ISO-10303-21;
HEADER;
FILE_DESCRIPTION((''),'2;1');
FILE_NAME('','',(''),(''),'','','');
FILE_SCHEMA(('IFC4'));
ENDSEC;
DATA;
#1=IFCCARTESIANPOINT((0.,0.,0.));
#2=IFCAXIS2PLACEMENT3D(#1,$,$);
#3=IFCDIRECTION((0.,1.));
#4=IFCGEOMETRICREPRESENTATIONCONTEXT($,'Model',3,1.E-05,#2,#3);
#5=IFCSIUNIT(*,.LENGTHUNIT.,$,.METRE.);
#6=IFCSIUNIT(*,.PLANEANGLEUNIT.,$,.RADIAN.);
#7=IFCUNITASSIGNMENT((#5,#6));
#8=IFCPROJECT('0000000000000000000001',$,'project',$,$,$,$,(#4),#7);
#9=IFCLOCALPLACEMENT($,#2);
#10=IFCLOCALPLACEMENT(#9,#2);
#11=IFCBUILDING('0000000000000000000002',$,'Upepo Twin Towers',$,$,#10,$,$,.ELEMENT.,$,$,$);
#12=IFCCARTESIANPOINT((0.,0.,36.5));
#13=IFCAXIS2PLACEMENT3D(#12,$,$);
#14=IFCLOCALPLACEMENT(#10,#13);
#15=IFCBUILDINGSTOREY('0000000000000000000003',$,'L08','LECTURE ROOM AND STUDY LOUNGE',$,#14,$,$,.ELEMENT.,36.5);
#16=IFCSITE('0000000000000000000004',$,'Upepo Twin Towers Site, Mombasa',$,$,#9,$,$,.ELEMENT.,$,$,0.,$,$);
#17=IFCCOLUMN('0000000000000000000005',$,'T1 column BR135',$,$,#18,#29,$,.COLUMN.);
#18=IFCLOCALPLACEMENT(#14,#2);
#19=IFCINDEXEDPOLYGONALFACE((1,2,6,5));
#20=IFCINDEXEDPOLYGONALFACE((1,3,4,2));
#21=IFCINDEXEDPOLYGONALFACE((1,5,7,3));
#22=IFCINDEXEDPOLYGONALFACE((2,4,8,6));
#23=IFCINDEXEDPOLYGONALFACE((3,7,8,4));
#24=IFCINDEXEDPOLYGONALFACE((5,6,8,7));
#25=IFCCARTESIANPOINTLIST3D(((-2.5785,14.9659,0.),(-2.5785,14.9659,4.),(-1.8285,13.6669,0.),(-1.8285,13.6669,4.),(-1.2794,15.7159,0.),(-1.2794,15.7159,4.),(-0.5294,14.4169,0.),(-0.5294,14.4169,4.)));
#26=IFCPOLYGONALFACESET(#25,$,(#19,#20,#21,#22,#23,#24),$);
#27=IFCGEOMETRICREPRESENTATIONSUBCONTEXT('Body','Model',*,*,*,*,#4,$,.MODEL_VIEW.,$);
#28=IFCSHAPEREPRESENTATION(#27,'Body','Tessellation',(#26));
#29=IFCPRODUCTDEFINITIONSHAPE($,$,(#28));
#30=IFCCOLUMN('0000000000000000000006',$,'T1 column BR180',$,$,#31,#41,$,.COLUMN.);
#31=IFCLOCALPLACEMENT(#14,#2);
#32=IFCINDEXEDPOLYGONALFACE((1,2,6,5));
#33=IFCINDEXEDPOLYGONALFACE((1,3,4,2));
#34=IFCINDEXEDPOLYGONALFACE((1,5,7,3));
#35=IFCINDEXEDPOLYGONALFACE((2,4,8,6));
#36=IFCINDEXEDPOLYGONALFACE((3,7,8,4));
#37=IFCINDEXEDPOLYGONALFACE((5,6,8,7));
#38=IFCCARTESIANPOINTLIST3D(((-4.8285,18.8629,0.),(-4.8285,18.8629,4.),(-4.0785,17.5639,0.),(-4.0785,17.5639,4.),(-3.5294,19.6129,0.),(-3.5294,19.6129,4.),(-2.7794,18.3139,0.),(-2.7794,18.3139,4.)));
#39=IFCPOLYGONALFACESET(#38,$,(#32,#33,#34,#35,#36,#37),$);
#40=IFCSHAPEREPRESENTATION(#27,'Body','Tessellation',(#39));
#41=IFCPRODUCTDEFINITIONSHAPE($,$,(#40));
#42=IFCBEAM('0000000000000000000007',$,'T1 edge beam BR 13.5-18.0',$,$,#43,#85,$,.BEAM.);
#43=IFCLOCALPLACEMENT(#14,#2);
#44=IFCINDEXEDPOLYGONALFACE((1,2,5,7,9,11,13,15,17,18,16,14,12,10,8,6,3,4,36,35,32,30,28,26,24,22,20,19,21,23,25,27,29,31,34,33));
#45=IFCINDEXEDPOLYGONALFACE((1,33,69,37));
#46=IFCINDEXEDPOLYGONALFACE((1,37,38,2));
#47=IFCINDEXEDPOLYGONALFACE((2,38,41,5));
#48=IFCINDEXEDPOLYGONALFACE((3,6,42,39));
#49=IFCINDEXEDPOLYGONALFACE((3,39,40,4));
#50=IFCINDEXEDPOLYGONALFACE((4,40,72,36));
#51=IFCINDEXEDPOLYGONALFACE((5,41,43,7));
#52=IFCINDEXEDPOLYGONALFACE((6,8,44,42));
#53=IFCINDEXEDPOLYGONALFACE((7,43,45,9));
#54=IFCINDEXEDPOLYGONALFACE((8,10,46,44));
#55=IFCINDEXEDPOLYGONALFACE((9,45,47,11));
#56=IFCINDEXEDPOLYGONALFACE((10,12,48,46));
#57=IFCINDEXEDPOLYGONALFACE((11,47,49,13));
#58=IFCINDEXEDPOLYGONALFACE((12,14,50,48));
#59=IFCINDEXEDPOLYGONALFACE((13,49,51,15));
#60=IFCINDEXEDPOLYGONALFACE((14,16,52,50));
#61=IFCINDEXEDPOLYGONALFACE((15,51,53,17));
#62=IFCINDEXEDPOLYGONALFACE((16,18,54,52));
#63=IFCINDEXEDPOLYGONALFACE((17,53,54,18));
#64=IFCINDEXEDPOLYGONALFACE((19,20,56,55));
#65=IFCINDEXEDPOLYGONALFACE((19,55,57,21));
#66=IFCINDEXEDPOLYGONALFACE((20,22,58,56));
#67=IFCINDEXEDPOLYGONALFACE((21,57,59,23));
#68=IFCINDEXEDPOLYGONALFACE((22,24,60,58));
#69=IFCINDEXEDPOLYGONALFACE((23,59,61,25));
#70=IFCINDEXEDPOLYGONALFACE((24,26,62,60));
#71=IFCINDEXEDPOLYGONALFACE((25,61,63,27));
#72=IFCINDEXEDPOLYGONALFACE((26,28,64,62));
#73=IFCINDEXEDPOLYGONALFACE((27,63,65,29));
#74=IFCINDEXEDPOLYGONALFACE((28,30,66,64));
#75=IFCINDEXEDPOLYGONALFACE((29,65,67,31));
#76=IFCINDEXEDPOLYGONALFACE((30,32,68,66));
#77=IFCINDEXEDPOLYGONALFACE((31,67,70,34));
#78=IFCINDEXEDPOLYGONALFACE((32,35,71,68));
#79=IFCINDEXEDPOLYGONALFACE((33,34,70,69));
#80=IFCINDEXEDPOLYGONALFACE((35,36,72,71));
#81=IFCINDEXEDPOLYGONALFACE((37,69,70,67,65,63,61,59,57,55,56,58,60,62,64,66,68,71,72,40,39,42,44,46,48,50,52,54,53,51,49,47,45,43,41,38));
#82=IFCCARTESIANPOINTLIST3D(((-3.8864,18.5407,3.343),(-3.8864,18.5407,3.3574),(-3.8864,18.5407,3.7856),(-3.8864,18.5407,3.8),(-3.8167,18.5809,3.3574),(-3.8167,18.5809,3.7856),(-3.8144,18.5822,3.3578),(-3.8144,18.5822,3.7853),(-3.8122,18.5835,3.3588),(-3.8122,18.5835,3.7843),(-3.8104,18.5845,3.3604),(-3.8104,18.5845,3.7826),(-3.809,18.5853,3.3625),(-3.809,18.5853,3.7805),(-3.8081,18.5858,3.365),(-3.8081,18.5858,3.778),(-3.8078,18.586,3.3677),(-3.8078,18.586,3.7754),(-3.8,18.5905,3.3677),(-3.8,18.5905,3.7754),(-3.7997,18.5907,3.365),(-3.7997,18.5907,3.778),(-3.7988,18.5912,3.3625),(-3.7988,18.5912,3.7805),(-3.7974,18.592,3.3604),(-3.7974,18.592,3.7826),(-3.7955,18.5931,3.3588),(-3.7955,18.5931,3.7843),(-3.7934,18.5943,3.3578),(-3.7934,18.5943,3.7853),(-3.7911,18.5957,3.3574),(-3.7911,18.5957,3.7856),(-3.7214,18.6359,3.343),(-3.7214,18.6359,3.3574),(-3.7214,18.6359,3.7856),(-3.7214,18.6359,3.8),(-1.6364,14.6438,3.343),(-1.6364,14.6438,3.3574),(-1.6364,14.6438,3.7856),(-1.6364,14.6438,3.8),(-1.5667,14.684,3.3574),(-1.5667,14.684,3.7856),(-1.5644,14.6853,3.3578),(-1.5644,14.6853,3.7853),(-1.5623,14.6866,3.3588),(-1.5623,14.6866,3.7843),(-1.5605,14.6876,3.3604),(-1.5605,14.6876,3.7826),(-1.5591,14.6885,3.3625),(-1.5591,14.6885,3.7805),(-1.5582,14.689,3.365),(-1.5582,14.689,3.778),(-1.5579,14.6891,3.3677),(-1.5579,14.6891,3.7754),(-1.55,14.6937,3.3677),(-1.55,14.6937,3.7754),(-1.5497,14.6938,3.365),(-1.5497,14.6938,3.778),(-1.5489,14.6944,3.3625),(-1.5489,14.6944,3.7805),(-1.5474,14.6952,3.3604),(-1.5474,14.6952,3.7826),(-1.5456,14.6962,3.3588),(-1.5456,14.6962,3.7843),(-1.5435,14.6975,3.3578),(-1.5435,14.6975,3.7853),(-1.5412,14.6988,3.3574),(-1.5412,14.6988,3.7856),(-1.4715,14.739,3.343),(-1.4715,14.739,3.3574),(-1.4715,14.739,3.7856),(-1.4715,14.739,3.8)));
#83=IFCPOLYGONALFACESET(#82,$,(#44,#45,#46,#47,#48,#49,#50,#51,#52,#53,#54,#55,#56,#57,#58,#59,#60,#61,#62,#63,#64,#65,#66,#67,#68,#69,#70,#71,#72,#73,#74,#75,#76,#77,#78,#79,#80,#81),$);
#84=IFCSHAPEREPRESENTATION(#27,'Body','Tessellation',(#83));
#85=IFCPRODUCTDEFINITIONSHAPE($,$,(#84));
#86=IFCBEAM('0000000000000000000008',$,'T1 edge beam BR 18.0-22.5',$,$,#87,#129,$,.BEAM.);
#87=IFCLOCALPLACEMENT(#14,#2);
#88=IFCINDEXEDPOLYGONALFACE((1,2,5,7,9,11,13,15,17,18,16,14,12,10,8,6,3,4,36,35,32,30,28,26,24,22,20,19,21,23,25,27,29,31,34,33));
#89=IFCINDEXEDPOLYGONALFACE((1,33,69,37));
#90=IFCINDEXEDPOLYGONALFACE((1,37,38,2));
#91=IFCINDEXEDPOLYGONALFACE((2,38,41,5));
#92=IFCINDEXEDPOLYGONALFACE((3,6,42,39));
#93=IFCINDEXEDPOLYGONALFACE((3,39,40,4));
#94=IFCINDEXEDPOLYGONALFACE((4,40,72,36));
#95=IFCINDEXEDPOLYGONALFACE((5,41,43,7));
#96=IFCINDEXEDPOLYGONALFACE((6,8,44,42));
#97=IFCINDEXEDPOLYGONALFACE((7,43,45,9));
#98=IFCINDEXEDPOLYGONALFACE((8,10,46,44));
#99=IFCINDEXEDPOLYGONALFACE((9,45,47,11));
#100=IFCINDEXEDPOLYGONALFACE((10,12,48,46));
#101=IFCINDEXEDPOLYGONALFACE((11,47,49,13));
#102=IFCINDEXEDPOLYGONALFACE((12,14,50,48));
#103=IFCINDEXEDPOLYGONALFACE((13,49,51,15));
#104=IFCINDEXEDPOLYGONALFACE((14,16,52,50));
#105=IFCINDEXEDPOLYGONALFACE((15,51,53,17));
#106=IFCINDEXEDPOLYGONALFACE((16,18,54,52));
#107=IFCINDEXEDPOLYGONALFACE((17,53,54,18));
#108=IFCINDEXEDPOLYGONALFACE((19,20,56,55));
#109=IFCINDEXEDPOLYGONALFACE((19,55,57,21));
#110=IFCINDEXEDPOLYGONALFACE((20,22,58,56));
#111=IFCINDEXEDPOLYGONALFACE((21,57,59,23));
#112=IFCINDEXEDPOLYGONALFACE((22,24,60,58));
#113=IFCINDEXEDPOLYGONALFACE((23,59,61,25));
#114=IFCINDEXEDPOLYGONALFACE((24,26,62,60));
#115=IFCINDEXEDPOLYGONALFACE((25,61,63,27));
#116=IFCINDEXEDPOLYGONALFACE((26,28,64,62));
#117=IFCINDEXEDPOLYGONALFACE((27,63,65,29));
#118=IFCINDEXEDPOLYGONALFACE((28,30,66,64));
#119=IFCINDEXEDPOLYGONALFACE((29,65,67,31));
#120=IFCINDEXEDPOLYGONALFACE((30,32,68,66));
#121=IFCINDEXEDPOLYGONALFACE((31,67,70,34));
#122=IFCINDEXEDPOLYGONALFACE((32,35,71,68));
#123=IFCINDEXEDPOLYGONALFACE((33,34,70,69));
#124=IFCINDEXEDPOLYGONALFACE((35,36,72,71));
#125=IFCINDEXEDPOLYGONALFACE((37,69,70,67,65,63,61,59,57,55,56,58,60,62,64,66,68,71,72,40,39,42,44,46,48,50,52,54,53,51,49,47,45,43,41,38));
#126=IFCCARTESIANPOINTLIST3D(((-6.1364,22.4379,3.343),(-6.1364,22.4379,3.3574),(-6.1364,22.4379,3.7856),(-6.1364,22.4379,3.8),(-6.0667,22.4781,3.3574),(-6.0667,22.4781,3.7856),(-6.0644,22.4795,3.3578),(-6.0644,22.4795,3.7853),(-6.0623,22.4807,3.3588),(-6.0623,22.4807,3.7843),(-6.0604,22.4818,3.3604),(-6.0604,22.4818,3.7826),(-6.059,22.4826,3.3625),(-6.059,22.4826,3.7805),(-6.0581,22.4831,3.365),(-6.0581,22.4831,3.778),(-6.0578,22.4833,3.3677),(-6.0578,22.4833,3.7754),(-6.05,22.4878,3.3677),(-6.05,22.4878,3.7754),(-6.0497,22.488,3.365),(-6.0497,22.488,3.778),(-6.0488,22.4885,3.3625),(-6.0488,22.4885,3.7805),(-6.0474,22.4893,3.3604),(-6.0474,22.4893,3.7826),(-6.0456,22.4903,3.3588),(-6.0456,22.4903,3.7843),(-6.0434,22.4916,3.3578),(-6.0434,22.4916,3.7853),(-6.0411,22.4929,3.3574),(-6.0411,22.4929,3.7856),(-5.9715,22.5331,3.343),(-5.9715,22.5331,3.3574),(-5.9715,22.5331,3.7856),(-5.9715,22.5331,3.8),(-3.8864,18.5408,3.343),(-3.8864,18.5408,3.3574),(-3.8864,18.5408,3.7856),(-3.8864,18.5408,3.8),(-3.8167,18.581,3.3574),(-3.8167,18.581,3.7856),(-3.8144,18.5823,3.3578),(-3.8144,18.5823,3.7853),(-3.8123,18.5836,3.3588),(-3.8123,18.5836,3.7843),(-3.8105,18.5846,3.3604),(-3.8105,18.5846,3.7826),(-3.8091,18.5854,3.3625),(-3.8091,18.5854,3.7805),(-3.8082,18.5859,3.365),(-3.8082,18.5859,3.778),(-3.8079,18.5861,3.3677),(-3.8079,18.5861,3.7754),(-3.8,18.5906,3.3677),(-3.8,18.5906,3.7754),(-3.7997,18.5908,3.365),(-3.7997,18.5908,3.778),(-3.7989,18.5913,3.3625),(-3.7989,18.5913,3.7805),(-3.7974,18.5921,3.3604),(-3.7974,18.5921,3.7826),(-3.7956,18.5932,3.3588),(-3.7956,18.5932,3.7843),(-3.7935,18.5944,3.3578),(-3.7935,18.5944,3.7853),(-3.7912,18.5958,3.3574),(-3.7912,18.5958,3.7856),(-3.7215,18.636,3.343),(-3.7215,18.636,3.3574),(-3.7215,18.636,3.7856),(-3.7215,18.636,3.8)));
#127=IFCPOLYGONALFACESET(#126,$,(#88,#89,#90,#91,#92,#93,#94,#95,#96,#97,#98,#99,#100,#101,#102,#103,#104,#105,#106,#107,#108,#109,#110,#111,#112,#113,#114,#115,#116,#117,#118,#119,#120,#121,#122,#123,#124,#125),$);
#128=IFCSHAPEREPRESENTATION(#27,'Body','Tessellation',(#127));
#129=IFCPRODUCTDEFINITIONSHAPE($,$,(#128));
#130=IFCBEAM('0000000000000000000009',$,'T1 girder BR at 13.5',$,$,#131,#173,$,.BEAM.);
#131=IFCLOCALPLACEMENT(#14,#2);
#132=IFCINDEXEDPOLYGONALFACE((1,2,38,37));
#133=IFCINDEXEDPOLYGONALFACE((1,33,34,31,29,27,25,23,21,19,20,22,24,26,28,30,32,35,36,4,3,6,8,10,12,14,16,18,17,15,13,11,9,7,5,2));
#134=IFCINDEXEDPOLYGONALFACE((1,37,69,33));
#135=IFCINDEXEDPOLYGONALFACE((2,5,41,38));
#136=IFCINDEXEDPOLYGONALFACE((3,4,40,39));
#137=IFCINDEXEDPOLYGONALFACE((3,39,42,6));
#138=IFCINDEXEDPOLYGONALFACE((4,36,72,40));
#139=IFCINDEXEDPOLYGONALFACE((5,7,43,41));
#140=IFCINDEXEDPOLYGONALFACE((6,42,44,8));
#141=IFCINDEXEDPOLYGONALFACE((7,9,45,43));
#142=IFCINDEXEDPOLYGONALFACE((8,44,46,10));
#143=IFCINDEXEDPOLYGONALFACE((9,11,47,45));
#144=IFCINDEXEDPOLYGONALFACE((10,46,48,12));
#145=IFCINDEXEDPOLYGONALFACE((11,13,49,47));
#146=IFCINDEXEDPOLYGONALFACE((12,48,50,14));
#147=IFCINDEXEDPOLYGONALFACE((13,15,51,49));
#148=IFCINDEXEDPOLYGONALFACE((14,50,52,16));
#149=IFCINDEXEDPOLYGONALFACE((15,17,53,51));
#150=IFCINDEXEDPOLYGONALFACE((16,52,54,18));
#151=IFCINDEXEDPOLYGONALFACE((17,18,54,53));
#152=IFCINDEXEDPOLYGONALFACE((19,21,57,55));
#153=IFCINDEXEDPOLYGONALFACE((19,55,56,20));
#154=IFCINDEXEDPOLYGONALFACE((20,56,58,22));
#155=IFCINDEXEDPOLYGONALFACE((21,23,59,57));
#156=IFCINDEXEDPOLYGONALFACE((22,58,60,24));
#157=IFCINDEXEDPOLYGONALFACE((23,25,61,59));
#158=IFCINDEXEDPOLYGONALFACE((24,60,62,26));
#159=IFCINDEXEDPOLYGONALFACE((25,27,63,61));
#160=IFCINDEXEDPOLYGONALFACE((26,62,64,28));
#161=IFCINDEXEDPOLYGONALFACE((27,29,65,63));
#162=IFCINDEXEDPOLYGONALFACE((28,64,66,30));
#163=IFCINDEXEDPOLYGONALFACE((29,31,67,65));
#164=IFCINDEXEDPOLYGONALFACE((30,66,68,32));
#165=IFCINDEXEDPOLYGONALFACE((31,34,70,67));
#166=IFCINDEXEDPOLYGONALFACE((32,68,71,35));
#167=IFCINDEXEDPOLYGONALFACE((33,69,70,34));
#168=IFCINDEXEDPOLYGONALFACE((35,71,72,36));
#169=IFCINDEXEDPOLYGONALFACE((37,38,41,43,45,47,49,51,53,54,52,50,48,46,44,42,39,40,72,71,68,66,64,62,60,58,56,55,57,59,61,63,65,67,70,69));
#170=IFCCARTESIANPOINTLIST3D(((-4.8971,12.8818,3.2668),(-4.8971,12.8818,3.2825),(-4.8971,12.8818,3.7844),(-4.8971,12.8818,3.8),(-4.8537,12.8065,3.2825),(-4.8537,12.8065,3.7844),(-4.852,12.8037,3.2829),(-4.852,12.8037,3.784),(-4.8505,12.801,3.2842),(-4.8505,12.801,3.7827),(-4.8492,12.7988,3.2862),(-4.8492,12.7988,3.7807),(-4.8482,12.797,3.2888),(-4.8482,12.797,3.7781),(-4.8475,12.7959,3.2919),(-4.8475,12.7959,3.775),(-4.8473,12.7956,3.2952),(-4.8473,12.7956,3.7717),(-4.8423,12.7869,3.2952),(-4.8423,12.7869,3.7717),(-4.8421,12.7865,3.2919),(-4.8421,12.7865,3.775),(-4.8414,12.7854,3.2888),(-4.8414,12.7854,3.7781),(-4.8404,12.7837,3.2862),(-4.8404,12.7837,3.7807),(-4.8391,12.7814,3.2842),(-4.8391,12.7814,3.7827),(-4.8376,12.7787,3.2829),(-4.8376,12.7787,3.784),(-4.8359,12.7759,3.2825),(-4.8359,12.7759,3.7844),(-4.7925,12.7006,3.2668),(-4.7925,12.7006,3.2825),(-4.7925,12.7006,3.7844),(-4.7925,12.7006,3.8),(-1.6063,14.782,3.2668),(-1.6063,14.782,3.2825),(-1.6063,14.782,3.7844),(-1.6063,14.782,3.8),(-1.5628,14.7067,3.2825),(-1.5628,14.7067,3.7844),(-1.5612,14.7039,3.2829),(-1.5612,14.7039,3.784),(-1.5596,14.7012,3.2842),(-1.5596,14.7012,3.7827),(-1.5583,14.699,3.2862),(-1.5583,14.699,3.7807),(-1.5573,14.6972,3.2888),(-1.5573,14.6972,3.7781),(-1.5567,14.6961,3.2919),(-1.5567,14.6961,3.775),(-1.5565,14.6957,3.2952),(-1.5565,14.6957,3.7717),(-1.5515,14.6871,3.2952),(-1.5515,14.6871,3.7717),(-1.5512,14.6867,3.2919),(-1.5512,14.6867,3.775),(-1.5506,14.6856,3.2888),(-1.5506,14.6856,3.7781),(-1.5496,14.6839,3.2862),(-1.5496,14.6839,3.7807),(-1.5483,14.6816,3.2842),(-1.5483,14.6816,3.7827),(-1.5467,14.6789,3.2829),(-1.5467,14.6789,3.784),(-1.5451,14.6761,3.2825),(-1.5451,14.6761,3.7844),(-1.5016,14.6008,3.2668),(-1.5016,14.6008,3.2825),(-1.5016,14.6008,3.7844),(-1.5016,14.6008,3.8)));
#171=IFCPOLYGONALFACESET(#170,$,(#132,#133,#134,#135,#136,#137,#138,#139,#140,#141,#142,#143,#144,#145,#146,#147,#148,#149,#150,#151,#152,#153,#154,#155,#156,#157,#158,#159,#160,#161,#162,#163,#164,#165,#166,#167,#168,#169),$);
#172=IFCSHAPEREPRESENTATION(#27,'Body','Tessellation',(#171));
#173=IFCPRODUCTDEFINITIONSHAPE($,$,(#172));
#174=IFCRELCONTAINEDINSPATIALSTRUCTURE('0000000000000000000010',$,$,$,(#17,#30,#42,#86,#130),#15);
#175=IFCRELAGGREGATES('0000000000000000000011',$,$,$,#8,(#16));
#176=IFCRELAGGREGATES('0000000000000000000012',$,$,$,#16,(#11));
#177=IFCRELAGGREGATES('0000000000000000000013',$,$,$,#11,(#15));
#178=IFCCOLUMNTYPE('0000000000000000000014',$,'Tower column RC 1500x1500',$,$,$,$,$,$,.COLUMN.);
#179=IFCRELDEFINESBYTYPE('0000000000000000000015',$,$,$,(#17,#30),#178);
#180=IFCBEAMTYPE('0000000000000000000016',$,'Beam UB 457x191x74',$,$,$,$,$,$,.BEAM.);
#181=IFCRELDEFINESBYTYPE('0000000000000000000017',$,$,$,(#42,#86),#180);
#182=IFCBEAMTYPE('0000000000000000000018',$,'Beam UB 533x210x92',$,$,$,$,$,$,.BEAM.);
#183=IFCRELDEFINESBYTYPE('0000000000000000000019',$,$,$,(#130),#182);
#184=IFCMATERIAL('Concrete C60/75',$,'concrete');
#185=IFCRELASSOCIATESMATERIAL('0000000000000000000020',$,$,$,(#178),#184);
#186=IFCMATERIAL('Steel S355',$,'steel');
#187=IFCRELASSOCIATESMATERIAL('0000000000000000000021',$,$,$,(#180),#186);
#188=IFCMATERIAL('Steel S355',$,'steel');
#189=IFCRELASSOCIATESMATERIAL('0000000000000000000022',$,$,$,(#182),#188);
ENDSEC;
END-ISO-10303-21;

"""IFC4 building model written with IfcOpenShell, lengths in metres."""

from ifc_helpers import new_model, si_unit, direction, frame, origin, origin_2d, place, context, subcontext, project, spatial, rectangle, i_section, extrude, material, material_profile, profile_set, type_object, element, save


model = new_model("IFC4")

# Units and contexts
model_context = context("Model", 3, precision=1e-05, world=origin(), true_north=direction((0.0, 1.0)))
body_context = subcontext(model_context, "Body", "Model", "MODEL_VIEW")
ifc_project = project(units=[si_unit("LENGTHUNIT", "METRE"), si_unit("PLANEANGLEUNIT", "RADIAN")], contexts=[model_context])

# Site, building, storey
site_placement = place(None, origin())
site = spatial("IfcSite", under=ifc_project, at=site_placement, Name="Upepo Twin Towers Site, Mombasa", CompositionType="ELEMENT", RefElevation=0.0)
building_placement = place(site_placement, origin())
building = spatial("IfcBuilding", under=site, at=building_placement, Name="Upepo Twin Towers", CompositionType="ELEMENT")
storey_placement = place(building_placement, frame((0.0, 0.0, 36.5)))
storey = spatial("IfcBuildingStorey", under=building, at=storey_placement, Name="L08", Description="LECTURE ROOM AND STUDY LOUNGE", CompositionType="ELEMENT", Elevation=36.5)

# Columns
ifc_material_1 = material(Name="Concrete C60/75", Category="concrete")
ifc_material_profile_1 = material_profile(ifc_material_1, rectangle(XDim=1.5, YDim=1.5, at=origin_2d()), Name="RC 1500x1500")
ifc_profile_set_1 = profile_set([ifc_material_profile_1], Name="Concrete C60/75")
column_type = type_object("IfcColumnType", Name="Tower column RC 1500x1500", PredefinedType="COLUMN", material=ifc_profile_set_1)
for number, where, z_axis, x_axis, name in (
    (1, (-1.554, 14.6914, 0.0), (0.0, 0.0, 1.0), (0.866025, 0.5, 0.0), "T1 column BR135"),
    (2, (-3.804, 18.5884, 0.0), (0.0, 0.0, 1.0), (0.866025, 0.5, 0.0), "T1 column BR180"),
):
    element("IfcColumn", number, at=place(storey_placement, frame(where, z_axis=z_axis, x_axis=x_axis)), inside=storey, type_object=column_type, Name=name, PredefinedType="COLUMN", context=body_context, shape_type="SweptSolid", body=[
        extrude(rectangle(XDim=1.5, YDim=1.5, at=origin_2d()), origin(), (0.0, 0.0, 1.0), 4.0),
    ])

# Beams
ifc_material_2 = material(Name="Steel S355", Category="steel")
ifc_material_profile_2 = material_profile(ifc_material_2, i_section(OverallWidth=0.1904, OverallDepth=0.457, WebThickness=0.009, FlangeThickness=0.0144, FilletRadius=0.0103, at=origin_2d()), Name="UB 457x191x74")
ifc_profile_set_2 = profile_set([ifc_material_profile_2], Name="Steel S355")
beam_type_1 = type_object("IfcBeamType", Name="Beam UB 457x191x74", PredefinedType="BEAM", material=ifc_profile_set_2)
beam_1_placement = place(storey_placement, frame((-1.554, 14.6914, 3.5715), z_axis=(-0.500014, 0.866018, 0.0), x_axis=(-0.866018, -0.500014, 0.0)))
element("IfcBeam", 3, at=beam_1_placement, inside=storey, type_object=beam_type_1, Name="T1 edge beam BR 13.5-18.0", PredefinedType="BEAM", context=body_context, shape_type="SweptSolid", body=[
    extrude(i_section(OverallWidth=0.1904, OverallDepth=0.457, WebThickness=0.009, FlangeThickness=0.0144, FilletRadius=0.0103, at=origin_2d()), origin(), (0.0, 0.0, 1.0), 4.4998),
])
beam_2_placement = place(storey_placement, frame((-3.804, 18.5884, 3.5715), z_axis=(-0.49999, 0.866031, 0.0), x_axis=(-0.866031, -0.49999, 0.0)))
element("IfcBeam", 4, at=beam_2_placement, inside=storey, type_object=beam_type_1, Name="T1 edge beam BR 18.0-22.5", PredefinedType="BEAM", context=body_context, shape_type="SweptSolid", body=[
    extrude(i_section(OverallWidth=0.1904, OverallDepth=0.457, WebThickness=0.009, FlangeThickness=0.0144, FilletRadius=0.0103, at=origin_2d()), origin(), (0.0, 0.0, 1.0), 4.5),
])
ifc_material_3 = material(Name="Steel S355", Category="steel")
ifc_material_profile_3 = material_profile(ifc_material_3, i_section(OverallWidth=0.2092, OverallDepth=0.5332, WebThickness=0.01, FlangeThickness=0.0156, FilletRadius=0.0127, at=origin_2d()), Name="UB 533x210x92")
ifc_profile_set_3 = profile_set([ifc_material_profile_3], Name="Steel S355")
beam_type_2 = type_object("IfcBeamType", Name="Beam UB 533x210x92", PredefinedType="BEAM", material=ifc_profile_set_3)
beam_3_placement = place(storey_placement, frame((-1.554, 14.6914, 3.5334), z_axis=(-0.866, -0.500043, 0.0), x_axis=(0.500043, -0.866, 0.0)))
element("IfcBeam", 5, at=beam_3_placement, inside=storey, type_object=beam_type_2, Name="T1 girder BR at 13.5", PredefinedType="BEAM", context=body_context, shape_type="SweptSolid", body=[
    extrude(i_section(OverallWidth=0.2092, OverallDepth=0.5332, WebThickness=0.01, FlangeThickness=0.0156, FilletRadius=0.0127, at=origin_2d()), origin(), (0.0, 0.0, 1.0), 3.8),
])

save(model, "model.ifc")
